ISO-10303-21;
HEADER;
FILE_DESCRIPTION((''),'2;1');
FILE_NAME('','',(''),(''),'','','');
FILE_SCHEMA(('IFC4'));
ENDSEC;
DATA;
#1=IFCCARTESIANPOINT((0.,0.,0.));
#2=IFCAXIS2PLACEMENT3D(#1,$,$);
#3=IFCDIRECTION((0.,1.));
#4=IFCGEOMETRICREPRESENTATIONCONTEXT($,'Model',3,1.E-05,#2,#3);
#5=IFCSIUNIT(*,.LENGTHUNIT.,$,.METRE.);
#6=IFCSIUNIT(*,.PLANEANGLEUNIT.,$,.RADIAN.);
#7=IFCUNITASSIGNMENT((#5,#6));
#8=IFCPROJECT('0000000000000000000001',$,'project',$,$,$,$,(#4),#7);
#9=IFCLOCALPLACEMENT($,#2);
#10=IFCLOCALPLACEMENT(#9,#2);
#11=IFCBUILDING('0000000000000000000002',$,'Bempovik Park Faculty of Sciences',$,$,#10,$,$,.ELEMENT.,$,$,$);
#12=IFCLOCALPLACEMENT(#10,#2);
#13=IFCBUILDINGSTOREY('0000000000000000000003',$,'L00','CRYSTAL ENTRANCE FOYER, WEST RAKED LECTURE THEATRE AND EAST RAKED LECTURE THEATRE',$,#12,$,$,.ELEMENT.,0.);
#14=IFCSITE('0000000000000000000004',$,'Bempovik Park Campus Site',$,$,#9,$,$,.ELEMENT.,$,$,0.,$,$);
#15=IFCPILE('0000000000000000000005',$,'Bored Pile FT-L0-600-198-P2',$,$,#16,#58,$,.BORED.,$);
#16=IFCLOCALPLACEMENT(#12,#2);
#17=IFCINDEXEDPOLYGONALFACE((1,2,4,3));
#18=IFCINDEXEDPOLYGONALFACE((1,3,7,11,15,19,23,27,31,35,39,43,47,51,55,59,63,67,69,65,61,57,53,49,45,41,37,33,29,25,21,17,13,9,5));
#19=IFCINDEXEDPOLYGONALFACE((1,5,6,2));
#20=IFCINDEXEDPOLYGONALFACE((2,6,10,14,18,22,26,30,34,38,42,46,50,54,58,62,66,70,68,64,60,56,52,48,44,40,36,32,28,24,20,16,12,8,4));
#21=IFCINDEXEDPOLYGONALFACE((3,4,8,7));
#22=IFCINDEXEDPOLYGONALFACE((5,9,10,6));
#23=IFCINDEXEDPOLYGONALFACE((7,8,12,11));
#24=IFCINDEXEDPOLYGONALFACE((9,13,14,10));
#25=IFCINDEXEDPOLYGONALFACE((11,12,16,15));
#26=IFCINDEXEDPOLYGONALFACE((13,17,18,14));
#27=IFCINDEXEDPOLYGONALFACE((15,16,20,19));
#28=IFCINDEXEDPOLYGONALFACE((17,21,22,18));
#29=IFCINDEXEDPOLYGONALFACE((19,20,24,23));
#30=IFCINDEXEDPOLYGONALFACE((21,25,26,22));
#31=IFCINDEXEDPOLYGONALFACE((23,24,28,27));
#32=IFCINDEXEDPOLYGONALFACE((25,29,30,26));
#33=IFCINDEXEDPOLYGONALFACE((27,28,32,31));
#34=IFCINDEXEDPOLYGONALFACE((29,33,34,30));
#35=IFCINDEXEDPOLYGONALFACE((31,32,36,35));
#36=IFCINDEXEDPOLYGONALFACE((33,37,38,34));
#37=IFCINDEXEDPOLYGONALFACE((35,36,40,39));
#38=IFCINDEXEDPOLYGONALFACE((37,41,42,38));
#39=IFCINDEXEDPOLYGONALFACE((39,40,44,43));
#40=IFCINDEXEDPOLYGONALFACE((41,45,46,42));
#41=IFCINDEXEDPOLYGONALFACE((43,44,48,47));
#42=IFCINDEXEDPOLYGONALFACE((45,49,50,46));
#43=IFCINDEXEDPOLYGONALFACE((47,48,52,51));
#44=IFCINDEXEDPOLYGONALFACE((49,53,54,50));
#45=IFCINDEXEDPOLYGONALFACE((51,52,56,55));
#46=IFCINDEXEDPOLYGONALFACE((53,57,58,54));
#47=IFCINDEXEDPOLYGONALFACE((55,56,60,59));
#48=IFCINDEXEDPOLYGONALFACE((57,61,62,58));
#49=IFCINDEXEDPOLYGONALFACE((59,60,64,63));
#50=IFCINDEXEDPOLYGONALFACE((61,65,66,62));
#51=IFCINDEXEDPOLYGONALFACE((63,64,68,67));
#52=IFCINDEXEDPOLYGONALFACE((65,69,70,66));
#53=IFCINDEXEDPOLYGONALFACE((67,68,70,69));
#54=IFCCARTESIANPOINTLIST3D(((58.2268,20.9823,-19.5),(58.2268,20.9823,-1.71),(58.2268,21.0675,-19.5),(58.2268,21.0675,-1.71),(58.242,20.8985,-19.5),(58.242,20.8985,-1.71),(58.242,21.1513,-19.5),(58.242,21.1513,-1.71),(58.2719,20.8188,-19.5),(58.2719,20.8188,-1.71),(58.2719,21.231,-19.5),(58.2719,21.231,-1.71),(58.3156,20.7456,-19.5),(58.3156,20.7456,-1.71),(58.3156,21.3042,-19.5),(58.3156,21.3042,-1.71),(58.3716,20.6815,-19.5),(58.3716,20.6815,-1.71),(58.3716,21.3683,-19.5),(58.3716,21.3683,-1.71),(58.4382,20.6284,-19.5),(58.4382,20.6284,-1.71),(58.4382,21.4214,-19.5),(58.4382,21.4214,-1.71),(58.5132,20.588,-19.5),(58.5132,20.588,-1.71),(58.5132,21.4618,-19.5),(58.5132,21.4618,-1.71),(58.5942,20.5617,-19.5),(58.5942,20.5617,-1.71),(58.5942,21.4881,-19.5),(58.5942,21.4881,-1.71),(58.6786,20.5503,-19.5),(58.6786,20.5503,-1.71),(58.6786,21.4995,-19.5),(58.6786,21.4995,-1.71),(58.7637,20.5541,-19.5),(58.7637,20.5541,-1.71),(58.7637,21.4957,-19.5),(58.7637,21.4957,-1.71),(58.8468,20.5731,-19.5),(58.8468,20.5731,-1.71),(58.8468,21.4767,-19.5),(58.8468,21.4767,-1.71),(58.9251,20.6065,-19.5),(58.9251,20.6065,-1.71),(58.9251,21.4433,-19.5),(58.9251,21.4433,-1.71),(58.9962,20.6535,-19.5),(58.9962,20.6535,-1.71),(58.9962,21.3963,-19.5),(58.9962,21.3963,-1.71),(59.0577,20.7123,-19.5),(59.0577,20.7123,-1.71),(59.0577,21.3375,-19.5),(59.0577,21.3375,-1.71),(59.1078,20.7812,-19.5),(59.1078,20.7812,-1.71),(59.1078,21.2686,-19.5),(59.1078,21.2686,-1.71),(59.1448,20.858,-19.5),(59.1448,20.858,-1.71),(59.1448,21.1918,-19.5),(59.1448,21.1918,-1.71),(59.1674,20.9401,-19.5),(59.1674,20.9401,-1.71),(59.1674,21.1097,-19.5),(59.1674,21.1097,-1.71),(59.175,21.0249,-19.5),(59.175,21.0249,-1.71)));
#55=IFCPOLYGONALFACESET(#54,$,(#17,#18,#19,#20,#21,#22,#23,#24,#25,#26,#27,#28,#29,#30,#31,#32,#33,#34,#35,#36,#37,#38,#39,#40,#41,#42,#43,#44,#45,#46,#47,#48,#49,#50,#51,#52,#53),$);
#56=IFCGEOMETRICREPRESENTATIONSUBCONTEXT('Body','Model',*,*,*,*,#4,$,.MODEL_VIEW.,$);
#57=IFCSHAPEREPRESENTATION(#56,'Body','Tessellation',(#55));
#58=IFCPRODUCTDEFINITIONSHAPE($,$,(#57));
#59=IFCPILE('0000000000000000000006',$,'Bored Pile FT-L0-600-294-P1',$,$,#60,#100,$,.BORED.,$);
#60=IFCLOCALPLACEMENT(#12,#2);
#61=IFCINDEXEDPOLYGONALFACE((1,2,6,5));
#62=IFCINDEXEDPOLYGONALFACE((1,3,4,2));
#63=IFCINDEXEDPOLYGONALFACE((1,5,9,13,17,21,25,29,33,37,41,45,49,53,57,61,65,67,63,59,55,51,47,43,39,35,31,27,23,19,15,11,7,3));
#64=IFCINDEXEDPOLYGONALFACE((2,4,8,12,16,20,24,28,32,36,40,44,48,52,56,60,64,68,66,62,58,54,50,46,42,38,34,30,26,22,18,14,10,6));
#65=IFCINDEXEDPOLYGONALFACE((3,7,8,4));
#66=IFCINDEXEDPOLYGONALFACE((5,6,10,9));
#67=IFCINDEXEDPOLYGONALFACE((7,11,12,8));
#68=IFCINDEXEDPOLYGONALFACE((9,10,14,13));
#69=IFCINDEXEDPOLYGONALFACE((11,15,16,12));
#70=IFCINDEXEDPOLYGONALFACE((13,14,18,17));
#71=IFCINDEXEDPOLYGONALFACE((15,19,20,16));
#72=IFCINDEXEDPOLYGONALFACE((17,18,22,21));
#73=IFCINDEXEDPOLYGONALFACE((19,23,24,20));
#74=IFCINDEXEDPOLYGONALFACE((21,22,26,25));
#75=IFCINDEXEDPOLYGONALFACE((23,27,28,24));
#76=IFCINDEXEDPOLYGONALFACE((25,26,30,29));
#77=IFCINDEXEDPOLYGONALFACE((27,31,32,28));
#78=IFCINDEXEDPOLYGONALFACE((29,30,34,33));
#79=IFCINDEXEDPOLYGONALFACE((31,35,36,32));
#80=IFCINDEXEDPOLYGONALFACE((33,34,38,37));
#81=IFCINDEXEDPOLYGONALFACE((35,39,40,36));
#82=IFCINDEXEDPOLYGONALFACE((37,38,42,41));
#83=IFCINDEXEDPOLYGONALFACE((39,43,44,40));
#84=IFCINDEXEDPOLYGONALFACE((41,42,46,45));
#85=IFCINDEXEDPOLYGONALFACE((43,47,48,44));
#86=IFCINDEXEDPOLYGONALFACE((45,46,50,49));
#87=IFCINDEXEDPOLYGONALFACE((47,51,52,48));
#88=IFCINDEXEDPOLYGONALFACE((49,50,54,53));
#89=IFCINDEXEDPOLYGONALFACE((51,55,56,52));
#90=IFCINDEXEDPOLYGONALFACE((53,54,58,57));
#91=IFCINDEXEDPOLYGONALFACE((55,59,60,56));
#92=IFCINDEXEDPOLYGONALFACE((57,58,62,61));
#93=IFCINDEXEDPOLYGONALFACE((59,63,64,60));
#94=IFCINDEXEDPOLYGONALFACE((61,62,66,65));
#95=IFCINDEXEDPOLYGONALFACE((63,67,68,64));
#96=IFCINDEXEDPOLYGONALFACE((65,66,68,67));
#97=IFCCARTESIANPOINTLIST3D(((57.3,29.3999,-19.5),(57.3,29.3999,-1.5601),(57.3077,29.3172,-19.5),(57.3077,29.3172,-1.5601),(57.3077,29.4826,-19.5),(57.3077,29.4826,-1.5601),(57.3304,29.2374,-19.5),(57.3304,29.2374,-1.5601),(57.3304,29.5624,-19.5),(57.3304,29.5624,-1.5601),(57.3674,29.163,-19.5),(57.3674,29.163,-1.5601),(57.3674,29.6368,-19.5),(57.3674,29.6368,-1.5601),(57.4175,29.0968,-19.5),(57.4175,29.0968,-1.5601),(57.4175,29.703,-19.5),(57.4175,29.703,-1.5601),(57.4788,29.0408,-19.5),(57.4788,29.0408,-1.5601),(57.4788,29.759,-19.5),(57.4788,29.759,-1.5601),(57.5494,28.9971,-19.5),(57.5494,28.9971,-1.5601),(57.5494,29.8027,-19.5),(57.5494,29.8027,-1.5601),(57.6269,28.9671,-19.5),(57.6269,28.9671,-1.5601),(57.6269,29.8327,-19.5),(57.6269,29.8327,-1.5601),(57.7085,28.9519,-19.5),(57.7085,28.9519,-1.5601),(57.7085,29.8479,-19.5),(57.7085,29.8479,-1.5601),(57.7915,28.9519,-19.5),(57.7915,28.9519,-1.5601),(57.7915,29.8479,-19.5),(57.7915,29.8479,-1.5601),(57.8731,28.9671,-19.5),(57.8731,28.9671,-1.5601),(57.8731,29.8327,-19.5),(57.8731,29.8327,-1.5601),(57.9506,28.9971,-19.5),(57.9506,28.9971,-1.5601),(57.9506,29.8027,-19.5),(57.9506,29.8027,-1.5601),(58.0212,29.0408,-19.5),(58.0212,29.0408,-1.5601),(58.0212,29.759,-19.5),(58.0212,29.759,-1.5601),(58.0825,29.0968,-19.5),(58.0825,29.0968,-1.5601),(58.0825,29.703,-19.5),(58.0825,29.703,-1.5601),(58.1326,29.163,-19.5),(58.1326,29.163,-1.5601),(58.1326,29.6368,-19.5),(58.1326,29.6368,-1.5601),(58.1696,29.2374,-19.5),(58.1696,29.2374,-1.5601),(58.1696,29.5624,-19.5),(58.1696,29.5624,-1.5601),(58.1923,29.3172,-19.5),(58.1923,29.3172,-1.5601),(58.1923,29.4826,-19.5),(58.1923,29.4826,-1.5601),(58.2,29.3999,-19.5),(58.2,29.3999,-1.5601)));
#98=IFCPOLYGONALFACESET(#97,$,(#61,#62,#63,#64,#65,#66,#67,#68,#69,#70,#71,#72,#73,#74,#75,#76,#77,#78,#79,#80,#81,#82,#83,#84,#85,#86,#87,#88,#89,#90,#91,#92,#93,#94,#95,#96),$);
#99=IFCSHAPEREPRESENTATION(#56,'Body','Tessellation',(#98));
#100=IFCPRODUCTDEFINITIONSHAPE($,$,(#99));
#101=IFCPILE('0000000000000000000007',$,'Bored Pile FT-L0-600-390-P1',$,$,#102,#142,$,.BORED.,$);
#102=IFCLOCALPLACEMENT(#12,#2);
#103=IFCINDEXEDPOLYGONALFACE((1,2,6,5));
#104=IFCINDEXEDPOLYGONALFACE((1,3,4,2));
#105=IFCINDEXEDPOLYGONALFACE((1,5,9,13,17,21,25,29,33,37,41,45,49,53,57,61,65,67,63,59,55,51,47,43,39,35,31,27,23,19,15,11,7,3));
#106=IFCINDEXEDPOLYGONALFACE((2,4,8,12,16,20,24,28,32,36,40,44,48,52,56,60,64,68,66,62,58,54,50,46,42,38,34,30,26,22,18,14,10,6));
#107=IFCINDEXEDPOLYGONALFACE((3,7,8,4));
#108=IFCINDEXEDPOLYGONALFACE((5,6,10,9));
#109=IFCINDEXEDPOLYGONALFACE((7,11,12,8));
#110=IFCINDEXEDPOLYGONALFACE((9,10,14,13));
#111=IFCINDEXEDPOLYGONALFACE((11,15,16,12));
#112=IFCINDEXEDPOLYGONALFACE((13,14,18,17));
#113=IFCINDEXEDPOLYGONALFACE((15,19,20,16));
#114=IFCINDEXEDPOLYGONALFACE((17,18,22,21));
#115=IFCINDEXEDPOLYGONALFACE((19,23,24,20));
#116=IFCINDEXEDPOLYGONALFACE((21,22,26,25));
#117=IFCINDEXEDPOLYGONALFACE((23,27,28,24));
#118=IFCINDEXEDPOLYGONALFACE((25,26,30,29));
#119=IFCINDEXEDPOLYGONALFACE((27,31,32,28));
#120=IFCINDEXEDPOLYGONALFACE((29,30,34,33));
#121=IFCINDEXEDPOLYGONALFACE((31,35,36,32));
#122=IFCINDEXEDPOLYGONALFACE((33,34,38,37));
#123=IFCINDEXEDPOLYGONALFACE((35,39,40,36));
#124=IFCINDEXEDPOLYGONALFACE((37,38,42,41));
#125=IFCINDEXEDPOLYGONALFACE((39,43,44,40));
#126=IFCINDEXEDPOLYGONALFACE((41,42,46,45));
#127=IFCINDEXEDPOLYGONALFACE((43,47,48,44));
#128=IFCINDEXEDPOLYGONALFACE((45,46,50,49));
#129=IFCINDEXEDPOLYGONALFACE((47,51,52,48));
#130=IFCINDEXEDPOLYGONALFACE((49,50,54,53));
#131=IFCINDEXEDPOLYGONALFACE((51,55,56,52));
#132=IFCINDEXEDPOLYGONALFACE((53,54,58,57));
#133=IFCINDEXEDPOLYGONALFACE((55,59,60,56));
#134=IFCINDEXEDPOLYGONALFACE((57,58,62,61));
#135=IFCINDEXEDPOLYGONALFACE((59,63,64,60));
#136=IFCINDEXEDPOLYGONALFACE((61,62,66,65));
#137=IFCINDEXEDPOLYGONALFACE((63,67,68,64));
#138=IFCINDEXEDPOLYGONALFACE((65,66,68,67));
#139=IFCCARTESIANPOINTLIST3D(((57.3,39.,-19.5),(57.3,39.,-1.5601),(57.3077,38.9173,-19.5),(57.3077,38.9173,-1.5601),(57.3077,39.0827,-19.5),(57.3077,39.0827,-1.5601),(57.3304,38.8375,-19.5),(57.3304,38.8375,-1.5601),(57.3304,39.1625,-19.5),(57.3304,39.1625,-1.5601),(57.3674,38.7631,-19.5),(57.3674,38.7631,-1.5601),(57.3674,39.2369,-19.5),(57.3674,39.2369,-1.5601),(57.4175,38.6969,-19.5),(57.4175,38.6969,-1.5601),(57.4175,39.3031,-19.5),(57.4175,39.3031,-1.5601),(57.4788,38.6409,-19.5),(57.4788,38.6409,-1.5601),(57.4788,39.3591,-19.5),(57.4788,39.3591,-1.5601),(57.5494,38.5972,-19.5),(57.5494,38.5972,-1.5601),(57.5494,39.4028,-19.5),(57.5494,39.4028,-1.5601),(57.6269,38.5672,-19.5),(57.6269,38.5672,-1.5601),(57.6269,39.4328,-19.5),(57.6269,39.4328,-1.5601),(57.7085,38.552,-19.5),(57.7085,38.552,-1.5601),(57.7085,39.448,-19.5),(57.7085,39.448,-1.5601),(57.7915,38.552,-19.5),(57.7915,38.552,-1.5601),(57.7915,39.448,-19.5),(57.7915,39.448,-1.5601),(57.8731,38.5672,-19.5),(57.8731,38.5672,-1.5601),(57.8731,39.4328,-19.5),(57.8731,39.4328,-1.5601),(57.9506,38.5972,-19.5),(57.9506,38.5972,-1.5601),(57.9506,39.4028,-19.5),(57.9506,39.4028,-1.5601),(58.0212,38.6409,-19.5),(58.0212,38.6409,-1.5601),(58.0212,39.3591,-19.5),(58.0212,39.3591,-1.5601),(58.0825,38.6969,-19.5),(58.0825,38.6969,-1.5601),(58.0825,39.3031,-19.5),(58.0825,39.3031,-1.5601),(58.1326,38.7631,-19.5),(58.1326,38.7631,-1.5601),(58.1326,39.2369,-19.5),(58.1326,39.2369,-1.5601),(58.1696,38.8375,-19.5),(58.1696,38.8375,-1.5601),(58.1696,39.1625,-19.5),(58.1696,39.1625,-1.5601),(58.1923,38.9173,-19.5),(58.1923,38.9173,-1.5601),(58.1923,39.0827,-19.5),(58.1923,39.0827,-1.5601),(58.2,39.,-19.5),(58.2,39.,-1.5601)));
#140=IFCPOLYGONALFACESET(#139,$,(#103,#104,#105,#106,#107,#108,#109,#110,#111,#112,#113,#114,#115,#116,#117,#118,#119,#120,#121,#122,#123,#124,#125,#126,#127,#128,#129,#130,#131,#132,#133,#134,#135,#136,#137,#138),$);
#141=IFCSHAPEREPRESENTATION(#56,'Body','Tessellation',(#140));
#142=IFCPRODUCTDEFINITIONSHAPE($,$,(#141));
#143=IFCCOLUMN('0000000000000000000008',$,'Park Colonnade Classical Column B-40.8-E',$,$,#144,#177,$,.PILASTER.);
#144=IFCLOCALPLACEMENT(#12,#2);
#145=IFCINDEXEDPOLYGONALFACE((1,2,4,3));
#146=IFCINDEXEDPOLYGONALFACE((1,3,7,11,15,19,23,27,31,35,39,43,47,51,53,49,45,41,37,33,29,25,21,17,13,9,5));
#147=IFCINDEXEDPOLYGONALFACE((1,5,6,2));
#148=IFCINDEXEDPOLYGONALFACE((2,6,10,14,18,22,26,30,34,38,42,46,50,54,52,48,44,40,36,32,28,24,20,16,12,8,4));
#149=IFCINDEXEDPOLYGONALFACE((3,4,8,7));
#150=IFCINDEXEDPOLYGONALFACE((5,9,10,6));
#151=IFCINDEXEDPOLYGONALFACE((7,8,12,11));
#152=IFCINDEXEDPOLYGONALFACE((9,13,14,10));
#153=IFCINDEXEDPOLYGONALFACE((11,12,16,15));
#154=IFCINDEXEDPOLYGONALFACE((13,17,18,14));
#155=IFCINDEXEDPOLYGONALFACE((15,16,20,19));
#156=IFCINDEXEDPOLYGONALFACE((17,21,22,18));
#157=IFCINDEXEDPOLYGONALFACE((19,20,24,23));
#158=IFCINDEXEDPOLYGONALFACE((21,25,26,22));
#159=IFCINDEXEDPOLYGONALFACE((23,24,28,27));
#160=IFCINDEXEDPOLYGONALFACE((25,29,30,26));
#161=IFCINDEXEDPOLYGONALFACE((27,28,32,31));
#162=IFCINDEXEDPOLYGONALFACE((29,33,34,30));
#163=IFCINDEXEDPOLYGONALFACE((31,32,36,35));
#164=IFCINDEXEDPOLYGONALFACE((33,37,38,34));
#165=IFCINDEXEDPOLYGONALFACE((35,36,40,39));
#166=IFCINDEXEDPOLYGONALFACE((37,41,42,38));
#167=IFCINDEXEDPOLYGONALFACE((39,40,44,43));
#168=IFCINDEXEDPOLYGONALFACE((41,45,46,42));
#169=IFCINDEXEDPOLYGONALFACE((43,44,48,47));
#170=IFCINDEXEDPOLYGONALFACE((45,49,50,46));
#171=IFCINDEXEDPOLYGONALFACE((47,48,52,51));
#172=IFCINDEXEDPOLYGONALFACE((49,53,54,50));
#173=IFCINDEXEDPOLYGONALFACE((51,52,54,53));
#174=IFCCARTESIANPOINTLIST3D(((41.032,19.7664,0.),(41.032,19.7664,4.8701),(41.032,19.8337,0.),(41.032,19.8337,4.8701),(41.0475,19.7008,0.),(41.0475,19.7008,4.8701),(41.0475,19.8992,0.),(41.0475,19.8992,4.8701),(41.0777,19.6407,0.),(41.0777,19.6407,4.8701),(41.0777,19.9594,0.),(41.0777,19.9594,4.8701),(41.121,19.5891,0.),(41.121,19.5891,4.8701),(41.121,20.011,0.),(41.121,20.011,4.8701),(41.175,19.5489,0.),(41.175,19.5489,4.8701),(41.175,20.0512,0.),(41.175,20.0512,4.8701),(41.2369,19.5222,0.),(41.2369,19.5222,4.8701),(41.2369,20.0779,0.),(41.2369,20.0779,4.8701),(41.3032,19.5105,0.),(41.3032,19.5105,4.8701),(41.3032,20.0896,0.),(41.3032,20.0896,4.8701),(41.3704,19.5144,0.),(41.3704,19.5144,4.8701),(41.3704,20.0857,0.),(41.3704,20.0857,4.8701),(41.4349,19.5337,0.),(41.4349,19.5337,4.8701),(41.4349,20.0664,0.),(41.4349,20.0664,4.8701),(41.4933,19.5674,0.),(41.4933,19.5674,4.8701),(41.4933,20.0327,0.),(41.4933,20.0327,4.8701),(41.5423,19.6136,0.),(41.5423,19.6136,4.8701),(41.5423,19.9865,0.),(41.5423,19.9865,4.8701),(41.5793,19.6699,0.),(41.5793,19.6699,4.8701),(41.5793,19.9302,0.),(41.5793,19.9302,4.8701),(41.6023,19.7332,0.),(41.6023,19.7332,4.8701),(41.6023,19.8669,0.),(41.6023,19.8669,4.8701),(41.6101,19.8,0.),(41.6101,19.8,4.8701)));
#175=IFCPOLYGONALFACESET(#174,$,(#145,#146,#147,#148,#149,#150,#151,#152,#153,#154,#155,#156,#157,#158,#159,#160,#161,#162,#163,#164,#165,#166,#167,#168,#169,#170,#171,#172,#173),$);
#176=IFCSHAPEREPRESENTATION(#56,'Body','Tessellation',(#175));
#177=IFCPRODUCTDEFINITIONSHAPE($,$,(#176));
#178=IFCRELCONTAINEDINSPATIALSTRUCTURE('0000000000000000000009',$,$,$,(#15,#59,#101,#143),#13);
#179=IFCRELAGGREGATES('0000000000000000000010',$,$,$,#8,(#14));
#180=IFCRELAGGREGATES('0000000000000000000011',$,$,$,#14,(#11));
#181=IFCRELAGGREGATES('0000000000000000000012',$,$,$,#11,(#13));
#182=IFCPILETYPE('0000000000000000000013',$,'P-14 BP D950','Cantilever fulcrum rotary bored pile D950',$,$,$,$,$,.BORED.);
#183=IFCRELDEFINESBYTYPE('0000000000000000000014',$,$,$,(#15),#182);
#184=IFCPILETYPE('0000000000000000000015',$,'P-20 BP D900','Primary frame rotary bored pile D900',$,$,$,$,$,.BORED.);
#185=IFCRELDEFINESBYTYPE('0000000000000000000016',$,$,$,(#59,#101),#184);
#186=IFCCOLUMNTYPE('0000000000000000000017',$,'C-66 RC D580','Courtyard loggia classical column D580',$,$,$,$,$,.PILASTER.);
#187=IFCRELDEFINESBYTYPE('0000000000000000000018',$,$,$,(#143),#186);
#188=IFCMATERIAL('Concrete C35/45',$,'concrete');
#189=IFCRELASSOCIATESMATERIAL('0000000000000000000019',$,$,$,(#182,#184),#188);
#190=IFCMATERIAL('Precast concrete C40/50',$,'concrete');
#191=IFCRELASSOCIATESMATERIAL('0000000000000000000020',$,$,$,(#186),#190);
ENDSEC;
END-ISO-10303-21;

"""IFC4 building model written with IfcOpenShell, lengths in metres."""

from ifc_helpers import new_model, si_unit, direction, frame, origin, origin_2d, place, context, subcontext, project, spatial, circle, extrude, material, material_profile, profile_set, type_object, element, save


model = new_model("IFC4")

# Units and contexts
model_context = context("Model", 3, precision=1e-05, world=origin(), true_north=direction((0.0, 1.0)))
body_context = subcontext(model_context, "Body", "Model", "MODEL_VIEW")
ifc_project = project(units=[si_unit("LENGTHUNIT", "METRE"), si_unit("PLANEANGLEUNIT", "RADIAN")], contexts=[model_context])

# Site, building, storey
site_placement = place(None, origin())
site = spatial("IfcSite", under=ifc_project, at=site_placement, Name="Bempovik Park Campus Site", CompositionType="ELEMENT", RefElevation=0.0)
building_placement = place(site_placement, origin())
building = spatial("IfcBuilding", under=site, at=building_placement, Name="Bempovik Park Faculty of Sciences", CompositionType="ELEMENT")
storey_placement = place(building_placement, origin())
storey = spatial("IfcBuildingStorey", under=building, at=storey_placement, Name="L00", Description="CRYSTAL ENTRANCE FOYER, WEST RAKED LECTURE THEATRE AND EAST RAKED LECTURE THEATRE", CompositionType="ELEMENT", Elevation=0.0)

# Shared definitions
ifc_material_1 = material(Name="Concrete C35/45", Category="concrete")

# Piles
ifc_material_profile_1 = material_profile(ifc_material_1, circle(Radius=0.4751, at=origin_2d()), Name="BP D950")
ifc_profile_set_1 = profile_set([ifc_material_profile_1], Name="Concrete C35/45")
pile_type_1 = type_object("IfcPileType", Name="P-14 BP D950", Description="Cantilever fulcrum rotary bored pile D950", PredefinedType="BORED", material=ifc_profile_set_1)
for number, where, z_axis, x_axis, name in (
    (1, (58.7, 21.0249, -1.71), (0.0, 0.0, -1.0), (1.0, 0.0, 0.0), "Bored Pile FT-L0-600-198-P2"),
):
    element("IfcPile", number, at=place(storey_placement, frame(where, z_axis=z_axis, x_axis=x_axis)), inside=storey, type_object=pile_type_1, Name=name, PredefinedType="BORED", context=body_context, shape_type="SweptSolid", body=[
        extrude(circle(Radius=0.4751, at=origin_2d()), origin(), (0.0, 0.0, 1.0), 17.79),
    ])
ifc_material_profile_2 = material_profile(ifc_material_1, circle(Radius=0.45, at=origin_2d()), Name="BP D900")
ifc_profile_set_2 = profile_set([ifc_material_profile_2], Name="Concrete C35/45")
pile_type_2 = type_object("IfcPileType", Name="P-20 BP D900", Description="Primary frame rotary bored pile D900", PredefinedType="BORED", material=ifc_profile_set_2)
for number, where, z_axis, x_axis, name in (
    (2, (57.75, 29.3999, -1.5601), (0.0, 0.0, -1.0), (1.0, 0.0, 0.0), "Bored Pile FT-L0-600-294-P1"),
    (3, (57.75, 39.0, -1.5601), (0.0, 0.0, -1.0), (1.0, 0.0, 0.0), "Bored Pile FT-L0-600-390-P1"),
):
    element("IfcPile", number, at=place(storey_placement, frame(where, z_axis=z_axis, x_axis=x_axis)), inside=storey, type_object=pile_type_2, Name=name, PredefinedType="BORED", context=body_context, shape_type="SweptSolid", body=[
        extrude(circle(Radius=0.45, at=origin_2d()), origin(), (0.0, 0.0, 1.0), 17.9399),
    ])

# Column
ifc_material_2 = material(Name="Precast concrete C40/50", Category="concrete")
ifc_material_profile_3 = material_profile(ifc_material_2, circle(Radius=0.29, at=origin_2d()), Name="RC D580")
ifc_profile_set_3 = profile_set([ifc_material_profile_3], Name="Precast concrete C40/50")
column_type = type_object("IfcColumnType", Name="C-66 RC D580", Description="Courtyard loggia classical column D580", PredefinedType="PILASTER", material=ifc_profile_set_3)
for number, where, z_axis, x_axis, name in (
    (4, (41.3201, 19.8, 0.0), (0.0, 0.0, 1.0), (1.0, 0.0, 0.0), "Park Colonnade Classical Column B-40.8-E"),
):
    element("IfcColumn", number, at=place(storey_placement, frame(where, z_axis=z_axis, x_axis=x_axis)), inside=storey, type_object=column_type, Name=name, PredefinedType="PILASTER", context=body_context, shape_type="SweptSolid", body=[
        extrude(circle(Radius=0.29, at=origin_2d()), origin(), (0.0, 0.0, 1.0), 4.8701),
    ])

save(model, "model.ifc")
